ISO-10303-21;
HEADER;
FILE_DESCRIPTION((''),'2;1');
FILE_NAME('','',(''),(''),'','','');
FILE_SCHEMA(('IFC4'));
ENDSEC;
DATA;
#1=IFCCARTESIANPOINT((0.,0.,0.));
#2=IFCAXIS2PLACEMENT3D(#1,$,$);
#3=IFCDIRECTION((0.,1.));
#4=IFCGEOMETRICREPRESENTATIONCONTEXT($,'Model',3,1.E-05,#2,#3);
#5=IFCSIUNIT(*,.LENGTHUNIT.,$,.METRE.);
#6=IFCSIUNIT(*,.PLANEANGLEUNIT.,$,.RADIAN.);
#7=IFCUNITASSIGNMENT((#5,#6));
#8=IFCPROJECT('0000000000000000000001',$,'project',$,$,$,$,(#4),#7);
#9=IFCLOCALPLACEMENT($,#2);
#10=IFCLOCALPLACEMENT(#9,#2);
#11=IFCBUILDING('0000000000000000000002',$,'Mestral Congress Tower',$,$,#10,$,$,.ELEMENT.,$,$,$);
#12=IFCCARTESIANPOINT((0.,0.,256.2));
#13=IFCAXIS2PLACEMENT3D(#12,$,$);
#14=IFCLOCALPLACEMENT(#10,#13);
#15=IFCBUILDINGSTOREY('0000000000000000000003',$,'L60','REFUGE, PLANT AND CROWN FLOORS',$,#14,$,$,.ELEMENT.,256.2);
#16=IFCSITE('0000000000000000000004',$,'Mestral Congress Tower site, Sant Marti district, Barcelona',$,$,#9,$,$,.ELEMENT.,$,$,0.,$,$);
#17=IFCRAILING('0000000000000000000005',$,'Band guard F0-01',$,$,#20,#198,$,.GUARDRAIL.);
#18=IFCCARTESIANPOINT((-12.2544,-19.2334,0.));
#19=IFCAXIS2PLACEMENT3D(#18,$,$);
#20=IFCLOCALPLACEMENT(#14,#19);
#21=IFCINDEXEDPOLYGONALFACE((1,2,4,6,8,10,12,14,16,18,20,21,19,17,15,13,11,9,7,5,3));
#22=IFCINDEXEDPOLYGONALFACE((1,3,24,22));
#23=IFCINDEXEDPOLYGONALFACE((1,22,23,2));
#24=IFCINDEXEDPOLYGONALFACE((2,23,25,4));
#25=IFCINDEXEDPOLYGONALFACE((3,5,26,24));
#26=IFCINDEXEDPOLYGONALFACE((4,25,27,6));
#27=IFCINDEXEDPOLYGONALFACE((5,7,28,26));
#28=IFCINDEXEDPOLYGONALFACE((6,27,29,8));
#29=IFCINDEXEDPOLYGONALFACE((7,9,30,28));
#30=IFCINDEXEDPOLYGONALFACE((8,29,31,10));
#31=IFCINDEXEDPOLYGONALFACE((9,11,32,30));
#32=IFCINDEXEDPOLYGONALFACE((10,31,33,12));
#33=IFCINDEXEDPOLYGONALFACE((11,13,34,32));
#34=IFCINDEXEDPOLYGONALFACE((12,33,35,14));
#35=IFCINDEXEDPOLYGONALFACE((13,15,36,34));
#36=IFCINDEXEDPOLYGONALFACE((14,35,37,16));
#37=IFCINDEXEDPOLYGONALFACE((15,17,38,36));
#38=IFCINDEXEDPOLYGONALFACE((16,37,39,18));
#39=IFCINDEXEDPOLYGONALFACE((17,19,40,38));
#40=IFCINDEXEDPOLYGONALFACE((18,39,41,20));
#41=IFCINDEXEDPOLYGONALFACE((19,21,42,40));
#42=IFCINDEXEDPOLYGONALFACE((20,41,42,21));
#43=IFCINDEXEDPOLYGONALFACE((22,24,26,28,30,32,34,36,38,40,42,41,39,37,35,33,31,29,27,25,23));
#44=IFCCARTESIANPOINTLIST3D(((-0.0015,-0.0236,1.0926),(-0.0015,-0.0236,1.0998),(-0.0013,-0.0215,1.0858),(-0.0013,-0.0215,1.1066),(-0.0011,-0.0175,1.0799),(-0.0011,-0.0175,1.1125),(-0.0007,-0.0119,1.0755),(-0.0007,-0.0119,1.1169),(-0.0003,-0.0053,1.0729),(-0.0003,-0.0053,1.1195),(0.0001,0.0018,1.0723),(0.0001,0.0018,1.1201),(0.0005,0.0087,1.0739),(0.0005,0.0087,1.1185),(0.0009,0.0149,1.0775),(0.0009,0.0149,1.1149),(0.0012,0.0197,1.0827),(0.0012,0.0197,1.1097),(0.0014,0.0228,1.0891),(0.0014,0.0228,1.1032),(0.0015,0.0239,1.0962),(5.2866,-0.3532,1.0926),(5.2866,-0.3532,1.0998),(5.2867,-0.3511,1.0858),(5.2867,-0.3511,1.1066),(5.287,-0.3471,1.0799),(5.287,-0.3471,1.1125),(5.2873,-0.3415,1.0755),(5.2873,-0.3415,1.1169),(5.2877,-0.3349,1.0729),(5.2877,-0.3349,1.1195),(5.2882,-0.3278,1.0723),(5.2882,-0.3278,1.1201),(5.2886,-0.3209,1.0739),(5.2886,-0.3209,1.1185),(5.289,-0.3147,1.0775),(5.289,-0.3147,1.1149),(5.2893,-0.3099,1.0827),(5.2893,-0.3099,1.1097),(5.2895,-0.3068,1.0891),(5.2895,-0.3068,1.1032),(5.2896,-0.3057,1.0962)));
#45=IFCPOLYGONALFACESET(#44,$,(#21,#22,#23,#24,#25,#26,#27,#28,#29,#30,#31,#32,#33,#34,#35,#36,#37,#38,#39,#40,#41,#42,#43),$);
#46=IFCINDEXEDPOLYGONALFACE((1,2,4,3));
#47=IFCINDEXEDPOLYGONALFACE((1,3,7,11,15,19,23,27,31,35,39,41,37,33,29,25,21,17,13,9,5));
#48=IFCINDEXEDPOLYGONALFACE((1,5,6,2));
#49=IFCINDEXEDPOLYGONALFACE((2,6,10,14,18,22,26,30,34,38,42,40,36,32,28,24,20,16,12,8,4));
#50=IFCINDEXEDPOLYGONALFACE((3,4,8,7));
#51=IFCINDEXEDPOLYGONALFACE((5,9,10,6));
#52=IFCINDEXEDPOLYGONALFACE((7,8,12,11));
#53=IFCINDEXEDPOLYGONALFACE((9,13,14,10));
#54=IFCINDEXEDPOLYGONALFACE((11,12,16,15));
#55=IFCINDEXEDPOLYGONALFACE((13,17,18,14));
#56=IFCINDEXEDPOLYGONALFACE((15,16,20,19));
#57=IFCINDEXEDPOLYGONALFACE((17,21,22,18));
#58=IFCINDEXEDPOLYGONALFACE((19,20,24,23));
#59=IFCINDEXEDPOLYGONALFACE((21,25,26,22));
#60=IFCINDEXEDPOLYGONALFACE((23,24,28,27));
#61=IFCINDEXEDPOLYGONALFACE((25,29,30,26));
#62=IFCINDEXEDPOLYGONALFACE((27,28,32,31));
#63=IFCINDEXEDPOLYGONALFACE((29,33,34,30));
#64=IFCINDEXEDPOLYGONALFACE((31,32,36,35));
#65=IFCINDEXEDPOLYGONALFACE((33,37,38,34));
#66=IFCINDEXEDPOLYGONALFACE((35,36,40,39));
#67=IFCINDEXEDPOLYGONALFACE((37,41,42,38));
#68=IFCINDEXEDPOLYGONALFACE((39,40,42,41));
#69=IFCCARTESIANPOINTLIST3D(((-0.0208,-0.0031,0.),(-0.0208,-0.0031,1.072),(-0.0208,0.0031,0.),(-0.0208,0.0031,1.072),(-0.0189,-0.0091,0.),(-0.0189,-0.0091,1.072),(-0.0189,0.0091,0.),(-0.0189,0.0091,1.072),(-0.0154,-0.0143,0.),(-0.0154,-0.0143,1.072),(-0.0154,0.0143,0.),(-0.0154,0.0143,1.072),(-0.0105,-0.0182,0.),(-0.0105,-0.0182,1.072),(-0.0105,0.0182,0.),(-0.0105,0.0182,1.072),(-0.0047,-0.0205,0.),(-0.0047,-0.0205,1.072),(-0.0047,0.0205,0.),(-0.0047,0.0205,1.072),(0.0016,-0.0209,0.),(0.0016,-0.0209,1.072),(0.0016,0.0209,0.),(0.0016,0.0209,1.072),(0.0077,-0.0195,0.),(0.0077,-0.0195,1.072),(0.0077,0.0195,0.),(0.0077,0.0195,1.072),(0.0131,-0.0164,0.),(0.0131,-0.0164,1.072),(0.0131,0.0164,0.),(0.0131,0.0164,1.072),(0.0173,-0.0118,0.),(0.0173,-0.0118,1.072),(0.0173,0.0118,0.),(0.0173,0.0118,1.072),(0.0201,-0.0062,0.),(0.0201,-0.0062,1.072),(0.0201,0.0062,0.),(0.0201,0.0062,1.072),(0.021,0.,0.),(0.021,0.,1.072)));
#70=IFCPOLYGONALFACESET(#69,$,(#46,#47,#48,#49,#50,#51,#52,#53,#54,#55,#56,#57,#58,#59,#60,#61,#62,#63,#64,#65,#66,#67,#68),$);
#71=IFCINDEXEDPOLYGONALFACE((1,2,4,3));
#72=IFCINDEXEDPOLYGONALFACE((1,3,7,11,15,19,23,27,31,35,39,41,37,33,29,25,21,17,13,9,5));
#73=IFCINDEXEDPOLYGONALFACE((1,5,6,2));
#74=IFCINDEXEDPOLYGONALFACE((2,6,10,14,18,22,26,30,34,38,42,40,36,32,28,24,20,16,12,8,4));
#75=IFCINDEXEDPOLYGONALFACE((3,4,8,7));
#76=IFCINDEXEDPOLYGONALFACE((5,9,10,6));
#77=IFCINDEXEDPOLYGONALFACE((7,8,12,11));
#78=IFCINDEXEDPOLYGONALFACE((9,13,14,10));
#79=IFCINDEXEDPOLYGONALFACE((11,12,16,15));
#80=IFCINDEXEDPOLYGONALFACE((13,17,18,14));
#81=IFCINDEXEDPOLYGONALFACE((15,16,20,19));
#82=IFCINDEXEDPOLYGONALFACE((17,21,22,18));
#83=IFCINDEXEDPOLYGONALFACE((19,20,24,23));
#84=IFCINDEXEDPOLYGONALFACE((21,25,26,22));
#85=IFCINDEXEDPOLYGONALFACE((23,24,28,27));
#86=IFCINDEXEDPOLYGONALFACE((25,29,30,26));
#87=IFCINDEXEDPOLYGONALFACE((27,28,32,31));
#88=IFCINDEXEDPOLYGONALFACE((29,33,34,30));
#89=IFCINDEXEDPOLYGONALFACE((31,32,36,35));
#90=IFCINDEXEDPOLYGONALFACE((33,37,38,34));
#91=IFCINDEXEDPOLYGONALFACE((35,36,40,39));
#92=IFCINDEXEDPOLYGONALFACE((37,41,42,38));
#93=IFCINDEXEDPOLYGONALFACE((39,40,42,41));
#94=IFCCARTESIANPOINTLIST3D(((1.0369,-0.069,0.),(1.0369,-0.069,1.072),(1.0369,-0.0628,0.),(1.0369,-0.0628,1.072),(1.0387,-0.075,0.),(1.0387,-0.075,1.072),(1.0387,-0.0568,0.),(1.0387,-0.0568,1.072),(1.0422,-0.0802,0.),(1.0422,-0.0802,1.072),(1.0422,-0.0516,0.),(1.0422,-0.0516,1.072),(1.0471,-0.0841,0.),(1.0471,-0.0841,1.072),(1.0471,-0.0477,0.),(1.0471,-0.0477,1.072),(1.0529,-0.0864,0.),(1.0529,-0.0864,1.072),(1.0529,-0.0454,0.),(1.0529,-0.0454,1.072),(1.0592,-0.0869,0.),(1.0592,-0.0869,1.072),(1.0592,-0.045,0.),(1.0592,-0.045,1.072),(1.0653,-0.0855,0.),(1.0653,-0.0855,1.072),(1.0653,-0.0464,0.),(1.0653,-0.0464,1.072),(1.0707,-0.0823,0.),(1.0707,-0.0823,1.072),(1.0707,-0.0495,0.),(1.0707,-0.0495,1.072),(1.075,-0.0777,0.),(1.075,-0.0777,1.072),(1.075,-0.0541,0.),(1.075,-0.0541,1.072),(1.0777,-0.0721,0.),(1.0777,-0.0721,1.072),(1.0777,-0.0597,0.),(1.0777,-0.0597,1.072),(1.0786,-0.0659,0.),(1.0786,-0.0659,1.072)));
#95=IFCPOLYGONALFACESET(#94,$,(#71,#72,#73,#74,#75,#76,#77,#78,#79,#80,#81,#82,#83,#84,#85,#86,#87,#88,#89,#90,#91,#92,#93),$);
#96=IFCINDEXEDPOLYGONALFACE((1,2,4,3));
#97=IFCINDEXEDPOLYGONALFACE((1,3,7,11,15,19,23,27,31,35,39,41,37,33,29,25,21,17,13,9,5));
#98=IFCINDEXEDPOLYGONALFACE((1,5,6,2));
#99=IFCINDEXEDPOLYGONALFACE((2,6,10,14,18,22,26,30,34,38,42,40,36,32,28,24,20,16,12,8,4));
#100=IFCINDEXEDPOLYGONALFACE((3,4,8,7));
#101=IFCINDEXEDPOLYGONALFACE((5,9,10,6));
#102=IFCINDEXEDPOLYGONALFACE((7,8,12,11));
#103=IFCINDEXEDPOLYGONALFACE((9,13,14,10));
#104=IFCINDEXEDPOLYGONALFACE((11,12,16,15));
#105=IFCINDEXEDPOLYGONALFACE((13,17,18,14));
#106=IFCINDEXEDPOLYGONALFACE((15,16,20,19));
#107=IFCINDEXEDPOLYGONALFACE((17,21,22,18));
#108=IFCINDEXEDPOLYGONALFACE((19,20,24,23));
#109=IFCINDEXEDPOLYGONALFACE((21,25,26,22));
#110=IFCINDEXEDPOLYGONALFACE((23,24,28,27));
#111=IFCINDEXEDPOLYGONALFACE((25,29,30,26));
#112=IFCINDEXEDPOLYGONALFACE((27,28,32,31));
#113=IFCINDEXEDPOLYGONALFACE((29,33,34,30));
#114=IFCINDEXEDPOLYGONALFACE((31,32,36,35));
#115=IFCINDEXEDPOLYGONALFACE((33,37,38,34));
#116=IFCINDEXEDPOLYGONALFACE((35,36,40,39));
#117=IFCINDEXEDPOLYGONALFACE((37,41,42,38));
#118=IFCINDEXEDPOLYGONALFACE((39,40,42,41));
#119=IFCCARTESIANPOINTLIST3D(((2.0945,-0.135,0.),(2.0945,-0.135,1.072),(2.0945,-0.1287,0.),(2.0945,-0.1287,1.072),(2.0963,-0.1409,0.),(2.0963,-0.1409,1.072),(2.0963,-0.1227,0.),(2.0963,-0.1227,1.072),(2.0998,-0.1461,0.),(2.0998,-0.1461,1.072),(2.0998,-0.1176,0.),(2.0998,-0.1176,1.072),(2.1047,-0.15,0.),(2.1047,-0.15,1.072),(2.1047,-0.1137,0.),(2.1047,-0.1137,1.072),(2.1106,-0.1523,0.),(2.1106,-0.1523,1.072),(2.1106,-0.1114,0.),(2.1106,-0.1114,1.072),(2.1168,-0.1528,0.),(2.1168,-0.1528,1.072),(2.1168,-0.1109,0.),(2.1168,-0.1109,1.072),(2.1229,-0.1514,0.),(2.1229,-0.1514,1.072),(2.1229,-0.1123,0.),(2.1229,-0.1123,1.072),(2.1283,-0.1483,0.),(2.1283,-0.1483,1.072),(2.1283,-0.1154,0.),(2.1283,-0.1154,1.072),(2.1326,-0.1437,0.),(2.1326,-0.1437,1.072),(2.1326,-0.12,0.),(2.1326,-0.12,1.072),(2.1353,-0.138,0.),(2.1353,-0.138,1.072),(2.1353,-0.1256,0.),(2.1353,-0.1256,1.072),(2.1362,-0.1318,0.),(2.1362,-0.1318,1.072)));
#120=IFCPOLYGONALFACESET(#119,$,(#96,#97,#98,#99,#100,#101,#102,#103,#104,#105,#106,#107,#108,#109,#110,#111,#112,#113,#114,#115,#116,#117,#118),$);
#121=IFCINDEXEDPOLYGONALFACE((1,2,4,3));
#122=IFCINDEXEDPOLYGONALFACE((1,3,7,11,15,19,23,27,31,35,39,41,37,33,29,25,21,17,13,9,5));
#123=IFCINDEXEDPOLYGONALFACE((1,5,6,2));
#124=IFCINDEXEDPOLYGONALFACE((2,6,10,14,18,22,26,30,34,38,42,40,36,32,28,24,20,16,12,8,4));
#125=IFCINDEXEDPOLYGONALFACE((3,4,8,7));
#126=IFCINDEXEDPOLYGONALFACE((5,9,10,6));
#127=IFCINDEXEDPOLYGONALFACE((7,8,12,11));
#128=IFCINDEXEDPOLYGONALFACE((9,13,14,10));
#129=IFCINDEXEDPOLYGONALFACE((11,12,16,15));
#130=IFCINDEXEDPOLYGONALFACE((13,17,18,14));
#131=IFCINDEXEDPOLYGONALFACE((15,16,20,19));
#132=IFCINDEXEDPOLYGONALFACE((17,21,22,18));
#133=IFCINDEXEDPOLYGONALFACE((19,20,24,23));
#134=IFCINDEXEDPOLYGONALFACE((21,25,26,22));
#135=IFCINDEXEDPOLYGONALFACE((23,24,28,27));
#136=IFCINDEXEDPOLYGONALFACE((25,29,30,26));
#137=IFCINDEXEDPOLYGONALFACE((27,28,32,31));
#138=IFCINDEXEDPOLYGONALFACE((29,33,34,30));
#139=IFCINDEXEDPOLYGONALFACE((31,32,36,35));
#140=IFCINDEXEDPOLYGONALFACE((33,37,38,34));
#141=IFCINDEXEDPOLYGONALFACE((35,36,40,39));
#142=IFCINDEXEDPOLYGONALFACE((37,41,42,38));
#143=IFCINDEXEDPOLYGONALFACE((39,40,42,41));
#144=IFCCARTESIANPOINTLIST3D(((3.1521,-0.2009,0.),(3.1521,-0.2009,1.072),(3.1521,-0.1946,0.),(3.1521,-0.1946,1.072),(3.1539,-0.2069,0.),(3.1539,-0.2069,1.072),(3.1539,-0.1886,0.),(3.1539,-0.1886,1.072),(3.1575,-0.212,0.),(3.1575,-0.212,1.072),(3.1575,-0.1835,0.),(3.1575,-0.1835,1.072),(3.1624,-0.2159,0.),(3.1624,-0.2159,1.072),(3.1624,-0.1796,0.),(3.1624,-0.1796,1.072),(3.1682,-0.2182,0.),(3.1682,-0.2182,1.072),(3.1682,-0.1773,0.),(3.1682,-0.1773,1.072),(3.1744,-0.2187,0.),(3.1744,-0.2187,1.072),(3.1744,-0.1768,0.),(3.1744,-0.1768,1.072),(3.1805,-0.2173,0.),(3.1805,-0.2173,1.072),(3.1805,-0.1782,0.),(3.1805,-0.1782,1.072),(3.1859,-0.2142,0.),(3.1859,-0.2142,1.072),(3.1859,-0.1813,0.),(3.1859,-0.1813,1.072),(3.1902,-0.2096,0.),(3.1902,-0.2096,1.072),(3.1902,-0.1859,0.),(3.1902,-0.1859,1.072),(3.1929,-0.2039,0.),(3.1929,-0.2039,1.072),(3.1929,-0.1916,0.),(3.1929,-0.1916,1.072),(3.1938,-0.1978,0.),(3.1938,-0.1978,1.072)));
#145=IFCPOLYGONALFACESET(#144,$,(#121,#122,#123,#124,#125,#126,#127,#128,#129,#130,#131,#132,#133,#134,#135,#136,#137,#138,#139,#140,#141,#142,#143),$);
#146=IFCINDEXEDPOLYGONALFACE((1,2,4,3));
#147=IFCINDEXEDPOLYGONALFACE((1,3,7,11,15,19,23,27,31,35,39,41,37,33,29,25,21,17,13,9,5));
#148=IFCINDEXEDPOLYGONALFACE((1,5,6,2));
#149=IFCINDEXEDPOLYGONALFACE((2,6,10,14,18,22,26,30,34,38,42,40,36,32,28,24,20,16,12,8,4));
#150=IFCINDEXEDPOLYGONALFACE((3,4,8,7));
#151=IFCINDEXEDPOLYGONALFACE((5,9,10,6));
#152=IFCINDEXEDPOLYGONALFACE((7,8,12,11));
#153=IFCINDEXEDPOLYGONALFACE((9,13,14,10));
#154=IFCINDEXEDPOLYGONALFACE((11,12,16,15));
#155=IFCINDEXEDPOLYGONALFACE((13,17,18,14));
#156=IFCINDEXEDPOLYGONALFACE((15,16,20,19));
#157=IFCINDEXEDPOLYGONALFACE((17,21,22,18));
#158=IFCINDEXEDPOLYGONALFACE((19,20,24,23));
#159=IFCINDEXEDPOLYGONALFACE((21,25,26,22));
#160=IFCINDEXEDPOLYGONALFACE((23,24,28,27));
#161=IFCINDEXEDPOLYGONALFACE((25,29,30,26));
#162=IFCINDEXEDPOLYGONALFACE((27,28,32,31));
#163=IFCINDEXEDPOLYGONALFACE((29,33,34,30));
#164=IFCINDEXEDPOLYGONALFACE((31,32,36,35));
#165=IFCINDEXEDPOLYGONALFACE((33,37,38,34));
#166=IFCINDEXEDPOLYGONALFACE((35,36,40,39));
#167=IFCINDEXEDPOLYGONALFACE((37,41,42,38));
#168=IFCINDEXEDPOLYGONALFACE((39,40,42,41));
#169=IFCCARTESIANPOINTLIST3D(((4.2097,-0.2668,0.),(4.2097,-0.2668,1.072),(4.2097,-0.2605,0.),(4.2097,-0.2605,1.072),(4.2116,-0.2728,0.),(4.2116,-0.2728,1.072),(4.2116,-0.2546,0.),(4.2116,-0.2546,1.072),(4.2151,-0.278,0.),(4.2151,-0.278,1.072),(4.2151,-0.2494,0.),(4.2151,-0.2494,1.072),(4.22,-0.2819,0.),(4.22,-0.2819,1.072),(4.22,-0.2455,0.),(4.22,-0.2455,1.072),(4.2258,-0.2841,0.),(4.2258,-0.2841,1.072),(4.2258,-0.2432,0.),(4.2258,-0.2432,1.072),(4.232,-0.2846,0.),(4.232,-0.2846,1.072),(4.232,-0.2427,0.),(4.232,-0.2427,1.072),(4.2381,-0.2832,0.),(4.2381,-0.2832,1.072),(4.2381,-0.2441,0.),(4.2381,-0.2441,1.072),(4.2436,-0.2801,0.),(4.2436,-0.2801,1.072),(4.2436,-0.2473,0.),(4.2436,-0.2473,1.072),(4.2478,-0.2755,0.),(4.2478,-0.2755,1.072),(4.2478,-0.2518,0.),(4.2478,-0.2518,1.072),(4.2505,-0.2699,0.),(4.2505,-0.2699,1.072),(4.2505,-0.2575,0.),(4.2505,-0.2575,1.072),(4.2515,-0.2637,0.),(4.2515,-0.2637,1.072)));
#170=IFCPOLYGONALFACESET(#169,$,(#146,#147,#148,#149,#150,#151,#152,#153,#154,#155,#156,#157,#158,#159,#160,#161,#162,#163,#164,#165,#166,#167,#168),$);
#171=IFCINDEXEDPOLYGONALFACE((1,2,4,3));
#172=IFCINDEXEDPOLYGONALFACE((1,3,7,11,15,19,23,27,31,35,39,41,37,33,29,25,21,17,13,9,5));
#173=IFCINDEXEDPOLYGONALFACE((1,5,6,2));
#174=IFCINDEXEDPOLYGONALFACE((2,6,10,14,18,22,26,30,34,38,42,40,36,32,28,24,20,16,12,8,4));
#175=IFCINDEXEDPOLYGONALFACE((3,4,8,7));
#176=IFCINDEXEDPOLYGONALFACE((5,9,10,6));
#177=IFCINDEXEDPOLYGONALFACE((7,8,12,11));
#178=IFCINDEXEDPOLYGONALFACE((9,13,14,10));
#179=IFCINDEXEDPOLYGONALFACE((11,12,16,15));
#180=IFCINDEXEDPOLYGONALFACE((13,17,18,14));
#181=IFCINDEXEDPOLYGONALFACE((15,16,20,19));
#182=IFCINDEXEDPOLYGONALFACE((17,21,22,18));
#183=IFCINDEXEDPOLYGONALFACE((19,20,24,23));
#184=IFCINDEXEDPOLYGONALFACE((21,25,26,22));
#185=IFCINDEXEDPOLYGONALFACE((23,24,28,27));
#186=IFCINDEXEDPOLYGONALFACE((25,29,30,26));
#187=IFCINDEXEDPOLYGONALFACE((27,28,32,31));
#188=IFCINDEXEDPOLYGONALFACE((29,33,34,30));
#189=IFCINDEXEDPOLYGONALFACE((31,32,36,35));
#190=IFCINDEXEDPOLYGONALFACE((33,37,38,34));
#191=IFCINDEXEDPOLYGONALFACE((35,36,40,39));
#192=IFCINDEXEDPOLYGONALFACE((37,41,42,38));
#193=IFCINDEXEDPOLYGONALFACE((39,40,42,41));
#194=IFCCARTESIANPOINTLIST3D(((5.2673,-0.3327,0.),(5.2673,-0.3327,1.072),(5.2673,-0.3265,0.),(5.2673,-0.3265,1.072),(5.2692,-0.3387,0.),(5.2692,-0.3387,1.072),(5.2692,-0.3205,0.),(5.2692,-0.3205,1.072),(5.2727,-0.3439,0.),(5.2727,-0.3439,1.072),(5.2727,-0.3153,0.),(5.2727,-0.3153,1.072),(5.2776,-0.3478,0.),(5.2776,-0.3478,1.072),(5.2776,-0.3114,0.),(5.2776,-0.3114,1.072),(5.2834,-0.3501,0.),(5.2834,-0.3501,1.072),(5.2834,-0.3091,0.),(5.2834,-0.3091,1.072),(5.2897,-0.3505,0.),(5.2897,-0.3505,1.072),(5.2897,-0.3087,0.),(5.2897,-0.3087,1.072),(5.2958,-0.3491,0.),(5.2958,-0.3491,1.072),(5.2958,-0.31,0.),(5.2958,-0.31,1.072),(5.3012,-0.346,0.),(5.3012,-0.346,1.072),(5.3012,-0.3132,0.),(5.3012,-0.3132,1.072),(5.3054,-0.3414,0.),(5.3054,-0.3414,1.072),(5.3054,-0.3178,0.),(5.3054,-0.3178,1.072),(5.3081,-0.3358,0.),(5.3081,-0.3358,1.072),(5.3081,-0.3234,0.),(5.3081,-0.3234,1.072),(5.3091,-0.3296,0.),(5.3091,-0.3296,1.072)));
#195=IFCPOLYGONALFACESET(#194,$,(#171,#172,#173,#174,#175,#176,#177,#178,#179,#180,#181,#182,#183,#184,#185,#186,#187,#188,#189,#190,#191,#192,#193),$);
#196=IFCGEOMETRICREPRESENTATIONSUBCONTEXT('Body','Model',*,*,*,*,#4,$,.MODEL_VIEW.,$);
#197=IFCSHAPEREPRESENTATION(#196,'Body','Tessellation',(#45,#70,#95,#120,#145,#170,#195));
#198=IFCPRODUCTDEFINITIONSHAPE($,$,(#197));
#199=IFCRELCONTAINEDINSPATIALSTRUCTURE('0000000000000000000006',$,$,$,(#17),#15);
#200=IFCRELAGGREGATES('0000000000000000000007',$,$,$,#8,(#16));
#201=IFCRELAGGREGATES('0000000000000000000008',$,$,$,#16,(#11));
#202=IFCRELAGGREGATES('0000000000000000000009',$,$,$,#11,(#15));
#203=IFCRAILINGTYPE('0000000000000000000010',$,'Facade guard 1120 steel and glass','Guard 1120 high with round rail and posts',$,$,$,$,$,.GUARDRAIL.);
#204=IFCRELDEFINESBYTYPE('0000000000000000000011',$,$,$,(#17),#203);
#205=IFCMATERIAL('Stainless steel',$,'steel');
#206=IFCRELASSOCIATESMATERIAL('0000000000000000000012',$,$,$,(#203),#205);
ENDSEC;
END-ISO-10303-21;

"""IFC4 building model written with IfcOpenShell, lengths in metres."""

from ifc_helpers import new_model, si_unit, direction, frame, origin, origin_2d, place, context, subcontext, project, spatial, circle, extrude, material, type_object, element, save


model = new_model("IFC4")

# Units and contexts
model_context = context("Model", 3, precision=1e-05, world=origin(), true_north=direction((0.0, 1.0)))
body_context = subcontext(model_context, "Body", "Model", "MODEL_VIEW")
ifc_project = project(units=[si_unit("LENGTHUNIT", "METRE"), si_unit("PLANEANGLEUNIT", "RADIAN")], contexts=[model_context])

# Site, building, storey
site_placement = place(None, origin())
site = spatial("IfcSite", under=ifc_project, at=site_placement, Name="Mestral Congress Tower site, Sant Marti district, Barcelona", CompositionType="ELEMENT", RefElevation=0.0)
building_placement = place(site_placement, origin())
building = spatial("IfcBuilding", under=site, at=building_placement, Name="Mestral Congress Tower", CompositionType="ELEMENT")
storey_placement = place(building_placement, frame((0.0, 0.0, 256.2)))
storey = spatial("IfcBuildingStorey", under=building, at=storey_placement, Name="L60", Description="REFUGE, PLANT AND CROWN FLOORS", CompositionType="ELEMENT", Elevation=256.2)

# Railing
ifc_material_1 = material(Name="Stainless steel", Category="steel")
railing_type = type_object("IfcRailingType", Name="Facade guard 1120 steel and glass", Description="Guard 1120 high with round rail and posts", PredefinedType="GUARDRAIL", material=ifc_material_1)
railing_placement = place(storey_placement, frame((-12.2544, -19.2334, 0.0)))
element("IfcRailing", 1, at=railing_placement, inside=storey, type_object=railing_type, Name="Band guard F0-01", PredefinedType="GUARDRAIL", context=body_context, shape_type="SweptSolid", body=[
    extrude(circle(Radius=0.0239, at=origin_2d()), frame((0.0, 0.0, 1.0962), z_axis=(0.998063, -0.062206, 0.0), x_axis=(0.062206, 0.998063, 0.0)), (0.0, 0.0, 1.0), 5.2983),
    extrude(circle(Radius=0.021, at=origin_2d()), origin(), (0.0, 0.0, 1.0), 1.072),
    extrude(circle(Radius=0.021, at=origin_2d()), frame((1.0576, -0.0659, 0.0)), (0.0, 0.0, 1.0), 1.072),
    extrude(circle(Radius=0.021, at=origin_2d()), frame((2.1152, -0.1318, 0.0)), (0.0, 0.0, 1.0), 1.072),
    extrude(circle(Radius=0.021, at=origin_2d()), frame((3.1729, -0.1978, 0.0)), (0.0, 0.0, 1.0), 1.072),
    extrude(circle(Radius=0.021, at=origin_2d()), frame((4.2305, -0.2637, 0.0)), (0.0, 0.0, 1.0), 1.072),
    extrude(circle(Radius=0.021, at=origin_2d()), frame((5.2881, -0.3296, 0.0)), (0.0, 0.0, 1.0), 1.072),
])

save(model, "model.ifc")
